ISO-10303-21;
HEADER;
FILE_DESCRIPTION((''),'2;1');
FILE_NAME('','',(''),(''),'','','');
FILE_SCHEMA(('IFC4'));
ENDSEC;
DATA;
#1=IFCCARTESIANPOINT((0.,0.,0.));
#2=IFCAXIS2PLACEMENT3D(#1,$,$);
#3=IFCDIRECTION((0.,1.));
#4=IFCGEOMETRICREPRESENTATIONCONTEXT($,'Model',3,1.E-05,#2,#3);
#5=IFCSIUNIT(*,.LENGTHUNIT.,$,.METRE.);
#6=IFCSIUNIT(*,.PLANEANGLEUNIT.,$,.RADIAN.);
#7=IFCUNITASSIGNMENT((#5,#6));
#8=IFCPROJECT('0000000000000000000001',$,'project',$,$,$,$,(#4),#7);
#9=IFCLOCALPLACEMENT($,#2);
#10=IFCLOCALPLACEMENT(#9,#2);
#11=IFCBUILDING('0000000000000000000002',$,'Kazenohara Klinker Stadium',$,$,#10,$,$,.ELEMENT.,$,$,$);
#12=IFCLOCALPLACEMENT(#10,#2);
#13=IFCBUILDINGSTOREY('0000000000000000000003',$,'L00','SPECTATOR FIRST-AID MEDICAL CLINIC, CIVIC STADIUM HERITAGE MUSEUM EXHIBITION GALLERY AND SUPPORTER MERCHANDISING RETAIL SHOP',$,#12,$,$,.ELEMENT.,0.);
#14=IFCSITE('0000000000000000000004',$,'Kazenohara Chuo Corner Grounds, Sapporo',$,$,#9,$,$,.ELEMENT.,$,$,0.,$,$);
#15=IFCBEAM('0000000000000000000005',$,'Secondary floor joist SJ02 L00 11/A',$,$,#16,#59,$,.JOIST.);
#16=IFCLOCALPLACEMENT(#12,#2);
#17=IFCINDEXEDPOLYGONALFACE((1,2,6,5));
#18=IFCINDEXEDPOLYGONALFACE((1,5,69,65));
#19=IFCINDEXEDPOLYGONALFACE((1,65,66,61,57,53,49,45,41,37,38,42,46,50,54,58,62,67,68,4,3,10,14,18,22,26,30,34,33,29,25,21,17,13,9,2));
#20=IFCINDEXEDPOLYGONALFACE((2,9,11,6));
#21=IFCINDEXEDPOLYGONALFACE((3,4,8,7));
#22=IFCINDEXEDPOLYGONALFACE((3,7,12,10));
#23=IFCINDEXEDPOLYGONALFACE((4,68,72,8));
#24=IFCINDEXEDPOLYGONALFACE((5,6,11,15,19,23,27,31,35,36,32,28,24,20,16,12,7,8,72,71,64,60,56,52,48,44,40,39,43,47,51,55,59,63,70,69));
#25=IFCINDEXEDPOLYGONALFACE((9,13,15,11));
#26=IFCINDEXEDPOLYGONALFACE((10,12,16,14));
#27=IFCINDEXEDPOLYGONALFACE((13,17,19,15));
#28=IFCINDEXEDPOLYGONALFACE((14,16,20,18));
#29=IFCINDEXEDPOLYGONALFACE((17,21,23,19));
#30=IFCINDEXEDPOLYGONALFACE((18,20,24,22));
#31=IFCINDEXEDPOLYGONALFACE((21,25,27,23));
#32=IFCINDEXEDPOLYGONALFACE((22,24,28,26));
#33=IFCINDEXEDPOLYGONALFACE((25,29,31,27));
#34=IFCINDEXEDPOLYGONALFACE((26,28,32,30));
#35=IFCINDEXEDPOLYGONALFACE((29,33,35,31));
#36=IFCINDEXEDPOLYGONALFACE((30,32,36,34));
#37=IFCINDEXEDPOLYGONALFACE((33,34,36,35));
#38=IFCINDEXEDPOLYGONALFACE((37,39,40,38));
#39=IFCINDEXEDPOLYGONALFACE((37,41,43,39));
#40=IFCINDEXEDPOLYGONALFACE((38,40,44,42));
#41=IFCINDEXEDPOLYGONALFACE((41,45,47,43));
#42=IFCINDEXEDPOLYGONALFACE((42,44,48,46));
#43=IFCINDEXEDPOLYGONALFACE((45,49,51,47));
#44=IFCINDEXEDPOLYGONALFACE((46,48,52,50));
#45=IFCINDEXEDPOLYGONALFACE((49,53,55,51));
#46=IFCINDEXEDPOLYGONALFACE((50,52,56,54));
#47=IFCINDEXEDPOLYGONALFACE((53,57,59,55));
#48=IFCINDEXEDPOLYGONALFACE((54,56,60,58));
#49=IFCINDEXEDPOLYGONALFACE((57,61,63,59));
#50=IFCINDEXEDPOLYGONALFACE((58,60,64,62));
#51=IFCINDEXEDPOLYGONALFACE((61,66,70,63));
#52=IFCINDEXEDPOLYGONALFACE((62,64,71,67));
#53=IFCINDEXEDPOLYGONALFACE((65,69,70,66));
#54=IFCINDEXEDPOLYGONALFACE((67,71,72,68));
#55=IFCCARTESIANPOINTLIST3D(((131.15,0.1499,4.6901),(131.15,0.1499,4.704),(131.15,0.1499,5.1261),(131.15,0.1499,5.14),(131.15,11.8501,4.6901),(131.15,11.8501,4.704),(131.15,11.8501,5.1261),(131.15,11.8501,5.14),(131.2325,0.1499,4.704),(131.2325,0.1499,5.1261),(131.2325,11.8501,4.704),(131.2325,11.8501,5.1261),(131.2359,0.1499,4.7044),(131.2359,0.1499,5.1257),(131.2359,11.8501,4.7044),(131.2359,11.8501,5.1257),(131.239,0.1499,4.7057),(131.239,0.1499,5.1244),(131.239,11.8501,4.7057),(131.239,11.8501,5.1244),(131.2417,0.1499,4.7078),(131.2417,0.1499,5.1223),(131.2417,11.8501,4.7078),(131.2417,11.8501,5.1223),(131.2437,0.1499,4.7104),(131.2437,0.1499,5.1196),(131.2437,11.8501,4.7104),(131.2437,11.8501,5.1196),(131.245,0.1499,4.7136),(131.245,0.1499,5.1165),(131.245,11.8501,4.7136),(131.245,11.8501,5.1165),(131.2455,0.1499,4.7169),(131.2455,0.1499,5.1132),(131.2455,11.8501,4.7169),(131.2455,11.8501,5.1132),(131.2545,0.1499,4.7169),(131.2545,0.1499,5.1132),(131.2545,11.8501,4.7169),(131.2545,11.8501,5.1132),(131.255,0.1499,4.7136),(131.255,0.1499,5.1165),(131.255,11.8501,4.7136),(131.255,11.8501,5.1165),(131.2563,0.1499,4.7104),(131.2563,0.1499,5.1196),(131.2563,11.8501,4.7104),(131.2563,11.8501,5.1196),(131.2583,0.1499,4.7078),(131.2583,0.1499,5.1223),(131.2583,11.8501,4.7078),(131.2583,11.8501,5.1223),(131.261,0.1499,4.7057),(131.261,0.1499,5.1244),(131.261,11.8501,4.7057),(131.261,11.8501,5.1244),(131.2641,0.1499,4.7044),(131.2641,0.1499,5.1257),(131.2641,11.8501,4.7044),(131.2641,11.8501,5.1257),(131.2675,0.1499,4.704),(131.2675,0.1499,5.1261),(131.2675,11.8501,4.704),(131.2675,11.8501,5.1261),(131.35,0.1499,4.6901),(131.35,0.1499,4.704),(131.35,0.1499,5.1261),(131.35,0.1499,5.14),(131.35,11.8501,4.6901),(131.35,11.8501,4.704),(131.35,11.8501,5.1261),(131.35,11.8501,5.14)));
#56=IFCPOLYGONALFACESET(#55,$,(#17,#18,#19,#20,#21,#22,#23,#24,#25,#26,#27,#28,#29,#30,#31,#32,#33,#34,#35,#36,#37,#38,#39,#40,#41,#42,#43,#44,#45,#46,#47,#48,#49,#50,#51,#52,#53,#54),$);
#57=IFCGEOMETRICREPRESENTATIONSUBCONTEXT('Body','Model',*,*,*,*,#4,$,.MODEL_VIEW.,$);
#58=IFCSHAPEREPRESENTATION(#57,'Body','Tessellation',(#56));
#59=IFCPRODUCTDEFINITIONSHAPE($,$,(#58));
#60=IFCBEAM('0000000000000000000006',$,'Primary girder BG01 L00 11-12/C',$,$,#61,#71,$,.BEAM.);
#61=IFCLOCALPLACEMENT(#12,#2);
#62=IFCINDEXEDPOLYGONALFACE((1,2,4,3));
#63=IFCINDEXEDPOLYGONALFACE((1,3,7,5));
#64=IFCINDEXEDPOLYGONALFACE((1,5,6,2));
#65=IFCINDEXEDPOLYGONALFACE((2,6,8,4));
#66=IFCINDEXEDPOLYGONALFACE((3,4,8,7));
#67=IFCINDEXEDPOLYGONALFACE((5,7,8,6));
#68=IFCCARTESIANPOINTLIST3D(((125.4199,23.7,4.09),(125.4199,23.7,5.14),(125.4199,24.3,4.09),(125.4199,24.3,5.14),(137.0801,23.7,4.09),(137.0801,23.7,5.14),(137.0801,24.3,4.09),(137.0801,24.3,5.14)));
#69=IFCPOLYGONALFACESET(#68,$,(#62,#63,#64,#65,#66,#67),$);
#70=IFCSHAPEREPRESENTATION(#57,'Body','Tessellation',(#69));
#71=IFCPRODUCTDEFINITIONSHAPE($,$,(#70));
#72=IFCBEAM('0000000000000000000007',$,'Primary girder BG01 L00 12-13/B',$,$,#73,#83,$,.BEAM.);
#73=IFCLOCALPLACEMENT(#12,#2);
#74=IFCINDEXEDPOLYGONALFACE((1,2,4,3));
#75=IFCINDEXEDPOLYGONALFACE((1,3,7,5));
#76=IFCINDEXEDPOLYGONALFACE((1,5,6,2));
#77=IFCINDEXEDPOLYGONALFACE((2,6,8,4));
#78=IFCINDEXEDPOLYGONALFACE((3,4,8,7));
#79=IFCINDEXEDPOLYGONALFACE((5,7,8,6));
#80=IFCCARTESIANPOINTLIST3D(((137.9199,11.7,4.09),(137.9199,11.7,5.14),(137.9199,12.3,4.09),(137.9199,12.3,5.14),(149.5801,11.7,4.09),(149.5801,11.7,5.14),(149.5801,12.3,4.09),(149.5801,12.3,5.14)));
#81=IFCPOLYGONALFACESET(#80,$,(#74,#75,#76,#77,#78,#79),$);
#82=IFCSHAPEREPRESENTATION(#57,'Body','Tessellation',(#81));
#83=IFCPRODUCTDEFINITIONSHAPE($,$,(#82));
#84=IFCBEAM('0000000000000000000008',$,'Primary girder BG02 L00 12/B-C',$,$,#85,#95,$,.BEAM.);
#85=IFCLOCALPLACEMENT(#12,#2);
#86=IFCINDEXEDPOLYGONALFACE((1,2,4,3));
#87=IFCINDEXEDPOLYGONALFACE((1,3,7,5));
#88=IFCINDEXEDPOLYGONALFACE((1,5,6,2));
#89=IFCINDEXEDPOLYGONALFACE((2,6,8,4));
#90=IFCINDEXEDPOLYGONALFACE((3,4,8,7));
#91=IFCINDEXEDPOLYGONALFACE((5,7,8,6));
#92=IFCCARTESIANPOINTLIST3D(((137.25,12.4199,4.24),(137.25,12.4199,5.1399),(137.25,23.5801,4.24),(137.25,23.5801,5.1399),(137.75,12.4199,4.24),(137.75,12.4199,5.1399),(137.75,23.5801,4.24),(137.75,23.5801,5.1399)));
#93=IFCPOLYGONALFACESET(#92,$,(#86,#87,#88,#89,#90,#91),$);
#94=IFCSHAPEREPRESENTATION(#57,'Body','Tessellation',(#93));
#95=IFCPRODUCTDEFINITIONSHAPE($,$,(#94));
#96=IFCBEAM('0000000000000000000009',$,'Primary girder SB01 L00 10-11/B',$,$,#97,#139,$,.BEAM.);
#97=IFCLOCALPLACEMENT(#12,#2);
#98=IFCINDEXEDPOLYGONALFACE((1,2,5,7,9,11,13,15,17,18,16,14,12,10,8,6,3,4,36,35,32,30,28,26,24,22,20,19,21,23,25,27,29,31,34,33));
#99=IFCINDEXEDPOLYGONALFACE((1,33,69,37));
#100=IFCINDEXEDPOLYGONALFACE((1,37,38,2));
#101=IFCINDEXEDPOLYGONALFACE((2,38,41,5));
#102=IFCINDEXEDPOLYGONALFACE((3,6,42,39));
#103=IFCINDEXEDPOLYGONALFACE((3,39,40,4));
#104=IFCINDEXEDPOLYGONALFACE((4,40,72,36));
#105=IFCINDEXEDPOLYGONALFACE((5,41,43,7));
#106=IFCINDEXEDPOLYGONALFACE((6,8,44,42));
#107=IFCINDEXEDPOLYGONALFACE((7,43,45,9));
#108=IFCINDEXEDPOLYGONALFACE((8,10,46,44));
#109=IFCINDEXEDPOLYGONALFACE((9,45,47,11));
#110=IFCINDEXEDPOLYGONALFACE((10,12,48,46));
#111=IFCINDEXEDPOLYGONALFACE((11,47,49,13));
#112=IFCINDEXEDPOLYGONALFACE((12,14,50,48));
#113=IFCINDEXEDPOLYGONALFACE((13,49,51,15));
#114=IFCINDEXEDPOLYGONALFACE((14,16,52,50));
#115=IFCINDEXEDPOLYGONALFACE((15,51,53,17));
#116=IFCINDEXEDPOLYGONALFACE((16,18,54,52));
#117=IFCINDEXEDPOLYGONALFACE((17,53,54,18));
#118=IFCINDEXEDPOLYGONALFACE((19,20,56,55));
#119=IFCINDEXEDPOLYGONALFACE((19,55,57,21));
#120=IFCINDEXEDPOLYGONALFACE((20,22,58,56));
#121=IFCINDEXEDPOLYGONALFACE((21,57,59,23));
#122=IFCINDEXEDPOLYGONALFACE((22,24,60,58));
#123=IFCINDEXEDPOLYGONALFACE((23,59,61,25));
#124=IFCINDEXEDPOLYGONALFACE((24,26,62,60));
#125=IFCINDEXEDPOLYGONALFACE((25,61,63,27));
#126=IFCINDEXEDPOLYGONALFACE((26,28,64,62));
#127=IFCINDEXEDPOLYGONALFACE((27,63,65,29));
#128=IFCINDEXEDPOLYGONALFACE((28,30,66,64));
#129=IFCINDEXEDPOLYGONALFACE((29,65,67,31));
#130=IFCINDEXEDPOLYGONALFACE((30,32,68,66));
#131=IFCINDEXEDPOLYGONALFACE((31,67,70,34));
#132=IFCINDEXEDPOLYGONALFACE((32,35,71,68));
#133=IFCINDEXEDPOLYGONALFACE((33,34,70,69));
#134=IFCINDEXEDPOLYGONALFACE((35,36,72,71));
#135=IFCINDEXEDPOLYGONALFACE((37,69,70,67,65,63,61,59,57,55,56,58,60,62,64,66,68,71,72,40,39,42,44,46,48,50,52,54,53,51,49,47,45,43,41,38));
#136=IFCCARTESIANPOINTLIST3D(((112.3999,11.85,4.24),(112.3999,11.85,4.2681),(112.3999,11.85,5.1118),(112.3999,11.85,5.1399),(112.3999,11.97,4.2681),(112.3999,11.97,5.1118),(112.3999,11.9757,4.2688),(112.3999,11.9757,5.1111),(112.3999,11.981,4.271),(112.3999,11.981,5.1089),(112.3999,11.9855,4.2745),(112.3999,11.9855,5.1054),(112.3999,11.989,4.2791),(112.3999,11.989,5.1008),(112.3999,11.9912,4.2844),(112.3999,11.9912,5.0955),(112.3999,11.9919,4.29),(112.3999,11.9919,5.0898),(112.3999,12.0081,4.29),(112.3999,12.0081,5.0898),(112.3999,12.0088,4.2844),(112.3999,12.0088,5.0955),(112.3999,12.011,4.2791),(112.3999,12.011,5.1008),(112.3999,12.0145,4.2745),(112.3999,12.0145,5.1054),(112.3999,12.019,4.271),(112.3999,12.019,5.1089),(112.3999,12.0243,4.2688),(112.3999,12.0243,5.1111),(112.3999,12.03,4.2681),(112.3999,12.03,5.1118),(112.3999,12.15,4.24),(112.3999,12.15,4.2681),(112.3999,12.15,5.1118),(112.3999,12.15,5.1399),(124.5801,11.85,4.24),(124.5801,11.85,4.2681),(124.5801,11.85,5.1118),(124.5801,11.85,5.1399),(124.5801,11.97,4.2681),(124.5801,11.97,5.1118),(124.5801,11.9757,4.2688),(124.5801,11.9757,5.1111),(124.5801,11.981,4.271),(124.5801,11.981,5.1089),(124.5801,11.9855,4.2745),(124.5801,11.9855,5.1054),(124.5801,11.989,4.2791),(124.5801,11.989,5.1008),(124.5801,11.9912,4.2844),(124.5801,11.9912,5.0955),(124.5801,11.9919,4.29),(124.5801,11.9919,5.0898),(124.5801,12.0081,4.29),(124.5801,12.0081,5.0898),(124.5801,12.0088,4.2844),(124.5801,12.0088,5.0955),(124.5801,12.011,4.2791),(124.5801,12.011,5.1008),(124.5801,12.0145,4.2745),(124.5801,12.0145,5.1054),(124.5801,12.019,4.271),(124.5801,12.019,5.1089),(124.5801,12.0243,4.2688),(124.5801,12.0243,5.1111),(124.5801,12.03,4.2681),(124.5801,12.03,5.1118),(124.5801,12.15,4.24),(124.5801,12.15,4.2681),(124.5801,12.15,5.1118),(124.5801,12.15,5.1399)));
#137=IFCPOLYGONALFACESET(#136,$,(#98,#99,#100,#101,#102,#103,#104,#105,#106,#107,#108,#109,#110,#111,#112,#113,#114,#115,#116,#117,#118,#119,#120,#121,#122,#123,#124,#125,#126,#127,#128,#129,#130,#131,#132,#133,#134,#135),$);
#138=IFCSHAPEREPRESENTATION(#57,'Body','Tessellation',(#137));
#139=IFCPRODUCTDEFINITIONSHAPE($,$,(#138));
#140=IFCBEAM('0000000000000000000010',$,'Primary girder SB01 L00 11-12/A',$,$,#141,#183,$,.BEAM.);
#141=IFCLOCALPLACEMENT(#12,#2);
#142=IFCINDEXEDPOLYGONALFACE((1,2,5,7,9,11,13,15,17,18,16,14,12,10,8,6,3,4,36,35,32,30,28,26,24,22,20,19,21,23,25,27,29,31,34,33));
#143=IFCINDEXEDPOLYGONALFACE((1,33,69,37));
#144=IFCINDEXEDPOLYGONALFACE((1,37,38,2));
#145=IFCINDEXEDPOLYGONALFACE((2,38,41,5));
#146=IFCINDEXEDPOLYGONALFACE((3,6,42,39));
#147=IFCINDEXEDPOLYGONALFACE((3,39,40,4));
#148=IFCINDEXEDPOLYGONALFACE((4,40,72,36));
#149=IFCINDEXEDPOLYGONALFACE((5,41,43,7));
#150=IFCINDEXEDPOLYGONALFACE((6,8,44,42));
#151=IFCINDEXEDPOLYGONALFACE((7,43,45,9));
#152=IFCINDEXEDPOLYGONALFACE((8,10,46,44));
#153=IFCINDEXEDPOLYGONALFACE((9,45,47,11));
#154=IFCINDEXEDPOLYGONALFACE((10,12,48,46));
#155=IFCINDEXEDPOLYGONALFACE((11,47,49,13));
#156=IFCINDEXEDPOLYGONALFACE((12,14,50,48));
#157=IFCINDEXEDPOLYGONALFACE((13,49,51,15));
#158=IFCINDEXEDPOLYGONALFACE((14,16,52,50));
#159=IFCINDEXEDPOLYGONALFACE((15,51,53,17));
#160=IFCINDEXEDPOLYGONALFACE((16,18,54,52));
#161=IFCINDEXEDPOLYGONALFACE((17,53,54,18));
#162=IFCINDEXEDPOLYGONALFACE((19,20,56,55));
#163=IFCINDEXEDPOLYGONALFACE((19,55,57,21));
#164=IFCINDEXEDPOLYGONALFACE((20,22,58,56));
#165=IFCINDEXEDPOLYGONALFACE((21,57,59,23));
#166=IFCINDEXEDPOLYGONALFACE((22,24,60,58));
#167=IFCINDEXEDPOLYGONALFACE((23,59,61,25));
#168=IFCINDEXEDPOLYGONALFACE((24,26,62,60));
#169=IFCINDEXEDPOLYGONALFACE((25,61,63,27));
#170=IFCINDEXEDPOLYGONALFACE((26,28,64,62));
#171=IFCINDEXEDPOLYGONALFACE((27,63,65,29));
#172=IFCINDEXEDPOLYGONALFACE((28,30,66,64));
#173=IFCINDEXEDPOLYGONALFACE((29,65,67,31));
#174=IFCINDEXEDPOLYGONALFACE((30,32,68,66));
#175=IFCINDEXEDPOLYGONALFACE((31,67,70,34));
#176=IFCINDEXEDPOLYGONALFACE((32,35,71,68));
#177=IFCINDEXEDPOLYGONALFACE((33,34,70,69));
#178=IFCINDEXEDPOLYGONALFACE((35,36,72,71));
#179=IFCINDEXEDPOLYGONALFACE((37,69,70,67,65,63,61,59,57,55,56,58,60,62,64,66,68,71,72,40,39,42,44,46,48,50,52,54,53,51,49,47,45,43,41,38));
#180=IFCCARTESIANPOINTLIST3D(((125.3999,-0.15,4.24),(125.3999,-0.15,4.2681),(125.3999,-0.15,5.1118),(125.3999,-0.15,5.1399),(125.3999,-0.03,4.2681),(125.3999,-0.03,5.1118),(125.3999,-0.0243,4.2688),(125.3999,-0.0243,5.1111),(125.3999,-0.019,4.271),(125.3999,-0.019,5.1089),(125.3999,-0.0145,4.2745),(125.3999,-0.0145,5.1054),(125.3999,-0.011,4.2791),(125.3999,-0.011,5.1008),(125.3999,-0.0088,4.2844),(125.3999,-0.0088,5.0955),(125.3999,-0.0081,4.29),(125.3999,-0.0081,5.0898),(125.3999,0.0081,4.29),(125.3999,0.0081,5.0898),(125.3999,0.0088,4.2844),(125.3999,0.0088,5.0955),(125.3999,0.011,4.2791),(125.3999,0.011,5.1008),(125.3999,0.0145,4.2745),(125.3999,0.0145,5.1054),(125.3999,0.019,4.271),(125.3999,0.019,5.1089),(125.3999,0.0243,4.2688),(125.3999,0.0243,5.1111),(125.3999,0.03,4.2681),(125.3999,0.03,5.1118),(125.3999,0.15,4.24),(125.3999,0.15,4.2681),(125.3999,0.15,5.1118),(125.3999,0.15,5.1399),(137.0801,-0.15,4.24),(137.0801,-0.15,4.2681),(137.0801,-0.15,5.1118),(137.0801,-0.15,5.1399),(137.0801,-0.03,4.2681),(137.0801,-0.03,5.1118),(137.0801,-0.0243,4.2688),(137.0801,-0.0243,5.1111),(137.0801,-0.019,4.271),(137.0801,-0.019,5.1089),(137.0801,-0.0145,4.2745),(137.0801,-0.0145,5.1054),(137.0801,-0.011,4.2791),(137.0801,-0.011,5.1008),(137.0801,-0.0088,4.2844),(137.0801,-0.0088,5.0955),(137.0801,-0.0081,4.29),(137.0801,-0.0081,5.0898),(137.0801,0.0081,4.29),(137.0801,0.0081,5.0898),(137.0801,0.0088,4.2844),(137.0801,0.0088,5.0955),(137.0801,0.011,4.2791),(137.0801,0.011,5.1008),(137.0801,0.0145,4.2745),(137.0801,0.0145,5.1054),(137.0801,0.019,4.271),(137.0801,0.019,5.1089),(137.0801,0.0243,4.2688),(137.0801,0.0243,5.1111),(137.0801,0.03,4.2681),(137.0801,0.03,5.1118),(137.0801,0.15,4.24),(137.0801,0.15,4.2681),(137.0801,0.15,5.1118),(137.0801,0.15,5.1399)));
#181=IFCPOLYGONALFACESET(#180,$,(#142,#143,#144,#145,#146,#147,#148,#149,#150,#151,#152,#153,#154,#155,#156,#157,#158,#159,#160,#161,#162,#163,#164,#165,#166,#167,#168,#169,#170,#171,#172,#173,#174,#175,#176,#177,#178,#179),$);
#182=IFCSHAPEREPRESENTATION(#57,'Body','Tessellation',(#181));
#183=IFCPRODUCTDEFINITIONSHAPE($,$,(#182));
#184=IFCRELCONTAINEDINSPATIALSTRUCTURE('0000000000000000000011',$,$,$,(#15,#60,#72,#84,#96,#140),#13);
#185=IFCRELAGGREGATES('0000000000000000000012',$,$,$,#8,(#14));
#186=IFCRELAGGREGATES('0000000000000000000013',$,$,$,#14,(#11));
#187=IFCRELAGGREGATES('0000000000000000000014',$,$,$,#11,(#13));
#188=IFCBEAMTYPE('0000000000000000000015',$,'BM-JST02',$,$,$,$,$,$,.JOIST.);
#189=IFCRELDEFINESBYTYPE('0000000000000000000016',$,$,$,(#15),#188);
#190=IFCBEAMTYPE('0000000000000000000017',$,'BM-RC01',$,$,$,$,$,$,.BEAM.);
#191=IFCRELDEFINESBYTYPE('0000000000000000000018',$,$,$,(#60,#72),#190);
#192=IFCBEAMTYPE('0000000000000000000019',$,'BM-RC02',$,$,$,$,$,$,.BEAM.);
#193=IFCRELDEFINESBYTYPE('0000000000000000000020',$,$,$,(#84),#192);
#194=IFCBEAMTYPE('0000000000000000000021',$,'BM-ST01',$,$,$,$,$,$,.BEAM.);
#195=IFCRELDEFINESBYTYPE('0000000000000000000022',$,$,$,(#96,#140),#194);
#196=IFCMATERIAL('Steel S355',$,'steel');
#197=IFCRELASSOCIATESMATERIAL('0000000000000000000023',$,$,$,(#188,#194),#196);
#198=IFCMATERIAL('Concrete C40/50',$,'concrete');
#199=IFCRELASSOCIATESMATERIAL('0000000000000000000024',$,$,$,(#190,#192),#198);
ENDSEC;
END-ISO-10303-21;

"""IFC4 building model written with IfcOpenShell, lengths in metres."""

from ifc_helpers import new_model, si_unit, direction, frame, origin, origin_2d, place, context, subcontext, project, spatial, rectangle, i_section, extrude, material, material_profile, profile_set, type_object, element, save


model = new_model("IFC4")

# Units and contexts
model_context = context("Model", 3, precision=1e-05, world=origin(), true_north=direction((0.0, 1.0)))
body_context = subcontext(model_context, "Body", "Model", "MODEL_VIEW")
ifc_project = project(units=[si_unit("LENGTHUNIT", "METRE"), si_unit("PLANEANGLEUNIT", "RADIAN")], contexts=[model_context])

# Site, building, storey
site_placement = place(None, origin())
site = spatial("IfcSite", under=ifc_project, at=site_placement, Name="Kazenohara Chuo Corner Grounds, Sapporo", CompositionType="ELEMENT", RefElevation=0.0)
building_placement = place(site_placement, origin())
building = spatial("IfcBuilding", under=site, at=building_placement, Name="Kazenohara Klinker Stadium", CompositionType="ELEMENT")
storey_placement = place(building_placement, origin())
storey = spatial("IfcBuildingStorey", under=building, at=storey_placement, Name="L00", Description="SPECTATOR FIRST-AID MEDICAL CLINIC, CIVIC STADIUM HERITAGE MUSEUM EXHIBITION GALLERY AND SUPPORTER MERCHANDISING RETAIL SHOP", CompositionType="ELEMENT", Elevation=0.0)

# Shared definitions
ifc_material_1 = material(Name="Concrete C40/50", Category="concrete")

# Beams
ifc_material_2 = material(Name="Steel S355", Category="steel")
ifc_material_profile_1 = material_profile(ifc_material_2, i_section(OverallWidth=0.2, OverallDepth=0.45, WebThickness=0.009, FlangeThickness=0.0139, FilletRadius=0.0129, at=origin_2d()), Name="H-450x200x9x14")
ifc_profile_set_1 = profile_set([ifc_material_profile_1], Name="Steel S355")
beam_type_1 = type_object("IfcBeamType", Name="BM-JST02", PredefinedType="JOIST", material=ifc_profile_set_1)
for number, where, z_axis, x_axis, name in (
    (1, (131.25, 0.1499, 4.915), (0.0, 1.0, 0.0), (-1.0, 0.0, 0.0), "Secondary floor joist SJ02 L00 11/A"),
):
    element("IfcBeam", number, at=place(storey_placement, frame(where, z_axis=z_axis, x_axis=x_axis)), inside=storey, type_object=beam_type_1, Name=name, PredefinedType="JOIST", context=body_context, shape_type="SweptSolid", body=[
        extrude(i_section(OverallWidth=0.2, OverallDepth=0.45, WebThickness=0.009, FlangeThickness=0.0139, FilletRadius=0.0129, at=origin_2d()), origin(), (0.0, 0.0, 1.0), 11.7002),
    ])
ifc_material_profile_2 = material_profile(ifc_material_1, rectangle(XDim=0.6001, YDim=1.05, at=origin_2d()), Name="RC-BM-600x1050")
ifc_profile_set_2 = profile_set([ifc_material_profile_2], Name="Concrete C40/50")
beam_type_2 = type_object("IfcBeamType", Name="BM-RC01", PredefinedType="BEAM", material=ifc_profile_set_2)
for number, where, z_axis, x_axis, name in (
    (2, (125.4199, 24.0, 4.615), (1.0, 0.0, 0.0), (0.0, 1.0, 0.0), "Primary girder BG01 L00 11-12/C"),
    (3, (137.9199, 12.0, 4.615), (1.0, 0.0, 0.0), (0.0, 1.0, 0.0), "Primary girder BG01 L00 12-13/B"),
):
    element("IfcBeam", number, at=place(storey_placement, frame(where, z_axis=z_axis, x_axis=x_axis)), inside=storey, type_object=beam_type_2, Name=name, PredefinedType="BEAM", context=body_context, shape_type="SweptSolid", body=[
        extrude(rectangle(XDim=0.6001, YDim=1.05, at=origin_2d()), origin(), (0.0, 0.0, 1.0), 11.6602),
    ])
ifc_material_profile_3 = material_profile(ifc_material_1, rectangle(XDim=0.5, YDim=0.8999, at=origin_2d()), Name="RC-BM-500x900")
ifc_profile_set_3 = profile_set([ifc_material_profile_3], Name="Concrete C40/50")
beam_type_3 = type_object("IfcBeamType", Name="BM-RC02", PredefinedType="BEAM", material=ifc_profile_set_3)
beam_1_placement = place(storey_placement, frame((137.5, 12.4199, 4.6899), z_axis=(0.0, 1.0, 0.0), x_axis=(-1.0, 0.0, 0.0)))
element("IfcBeam", 4, at=beam_1_placement, inside=storey, type_object=beam_type_3, Name="Primary girder BG02 L00 12/B-C", PredefinedType="BEAM", context=body_context, shape_type="SweptSolid", body=[
    extrude(rectangle(XDim=0.5, YDim=0.8999, at=origin_2d()), origin(), (0.0, 0.0, 1.0), 11.1602),
])
ifc_material_profile_4 = material_profile(ifc_material_2, i_section(OverallWidth=0.3, OverallDepth=0.8999, WebThickness=0.0161, FlangeThickness=0.0281, FilletRadius=0.022, at=origin_2d()), Name="H-900x300x16x28")
ifc_profile_set_4 = profile_set([ifc_material_profile_4], Name="Steel S355")
beam_type_4 = type_object("IfcBeamType", Name="BM-ST01", PredefinedType="BEAM", material=ifc_profile_set_4)
beam_2_placement = place(storey_placement, frame((112.3999, 12.0, 4.6899), z_axis=(1.0, 0.0, 0.0), x_axis=(0.0, 1.0, 0.0)))
element("IfcBeam", 5, at=beam_2_placement, inside=storey, type_object=beam_type_4, Name="Primary girder SB01 L00 10-11/B", PredefinedType="BEAM", context=body_context, shape_type="SweptSolid", body=[
    extrude(i_section(OverallWidth=0.3, OverallDepth=0.8999, WebThickness=0.0161, FlangeThickness=0.0281, FilletRadius=0.022, at=origin_2d()), origin(), (0.0, 0.0, 1.0), 12.1802),
])
beam_3_placement = place(storey_placement, frame((125.3999, 0.0, 4.6899), z_axis=(1.0, 0.0, 0.0), x_axis=(0.0, 1.0, 0.0)))
element("IfcBeam", 6, at=beam_3_placement, inside=storey, type_object=beam_type_4, Name="Primary girder SB01 L00 11-12/A", PredefinedType="BEAM", context=body_context, shape_type="SweptSolid", body=[
    extrude(i_section(OverallWidth=0.3, OverallDepth=0.8999, WebThickness=0.0161, FlangeThickness=0.0281, FilletRadius=0.022, at=origin_2d()), origin(), (0.0, 0.0, 1.0), 11.6802),
])

save(model, "model.ifc")
